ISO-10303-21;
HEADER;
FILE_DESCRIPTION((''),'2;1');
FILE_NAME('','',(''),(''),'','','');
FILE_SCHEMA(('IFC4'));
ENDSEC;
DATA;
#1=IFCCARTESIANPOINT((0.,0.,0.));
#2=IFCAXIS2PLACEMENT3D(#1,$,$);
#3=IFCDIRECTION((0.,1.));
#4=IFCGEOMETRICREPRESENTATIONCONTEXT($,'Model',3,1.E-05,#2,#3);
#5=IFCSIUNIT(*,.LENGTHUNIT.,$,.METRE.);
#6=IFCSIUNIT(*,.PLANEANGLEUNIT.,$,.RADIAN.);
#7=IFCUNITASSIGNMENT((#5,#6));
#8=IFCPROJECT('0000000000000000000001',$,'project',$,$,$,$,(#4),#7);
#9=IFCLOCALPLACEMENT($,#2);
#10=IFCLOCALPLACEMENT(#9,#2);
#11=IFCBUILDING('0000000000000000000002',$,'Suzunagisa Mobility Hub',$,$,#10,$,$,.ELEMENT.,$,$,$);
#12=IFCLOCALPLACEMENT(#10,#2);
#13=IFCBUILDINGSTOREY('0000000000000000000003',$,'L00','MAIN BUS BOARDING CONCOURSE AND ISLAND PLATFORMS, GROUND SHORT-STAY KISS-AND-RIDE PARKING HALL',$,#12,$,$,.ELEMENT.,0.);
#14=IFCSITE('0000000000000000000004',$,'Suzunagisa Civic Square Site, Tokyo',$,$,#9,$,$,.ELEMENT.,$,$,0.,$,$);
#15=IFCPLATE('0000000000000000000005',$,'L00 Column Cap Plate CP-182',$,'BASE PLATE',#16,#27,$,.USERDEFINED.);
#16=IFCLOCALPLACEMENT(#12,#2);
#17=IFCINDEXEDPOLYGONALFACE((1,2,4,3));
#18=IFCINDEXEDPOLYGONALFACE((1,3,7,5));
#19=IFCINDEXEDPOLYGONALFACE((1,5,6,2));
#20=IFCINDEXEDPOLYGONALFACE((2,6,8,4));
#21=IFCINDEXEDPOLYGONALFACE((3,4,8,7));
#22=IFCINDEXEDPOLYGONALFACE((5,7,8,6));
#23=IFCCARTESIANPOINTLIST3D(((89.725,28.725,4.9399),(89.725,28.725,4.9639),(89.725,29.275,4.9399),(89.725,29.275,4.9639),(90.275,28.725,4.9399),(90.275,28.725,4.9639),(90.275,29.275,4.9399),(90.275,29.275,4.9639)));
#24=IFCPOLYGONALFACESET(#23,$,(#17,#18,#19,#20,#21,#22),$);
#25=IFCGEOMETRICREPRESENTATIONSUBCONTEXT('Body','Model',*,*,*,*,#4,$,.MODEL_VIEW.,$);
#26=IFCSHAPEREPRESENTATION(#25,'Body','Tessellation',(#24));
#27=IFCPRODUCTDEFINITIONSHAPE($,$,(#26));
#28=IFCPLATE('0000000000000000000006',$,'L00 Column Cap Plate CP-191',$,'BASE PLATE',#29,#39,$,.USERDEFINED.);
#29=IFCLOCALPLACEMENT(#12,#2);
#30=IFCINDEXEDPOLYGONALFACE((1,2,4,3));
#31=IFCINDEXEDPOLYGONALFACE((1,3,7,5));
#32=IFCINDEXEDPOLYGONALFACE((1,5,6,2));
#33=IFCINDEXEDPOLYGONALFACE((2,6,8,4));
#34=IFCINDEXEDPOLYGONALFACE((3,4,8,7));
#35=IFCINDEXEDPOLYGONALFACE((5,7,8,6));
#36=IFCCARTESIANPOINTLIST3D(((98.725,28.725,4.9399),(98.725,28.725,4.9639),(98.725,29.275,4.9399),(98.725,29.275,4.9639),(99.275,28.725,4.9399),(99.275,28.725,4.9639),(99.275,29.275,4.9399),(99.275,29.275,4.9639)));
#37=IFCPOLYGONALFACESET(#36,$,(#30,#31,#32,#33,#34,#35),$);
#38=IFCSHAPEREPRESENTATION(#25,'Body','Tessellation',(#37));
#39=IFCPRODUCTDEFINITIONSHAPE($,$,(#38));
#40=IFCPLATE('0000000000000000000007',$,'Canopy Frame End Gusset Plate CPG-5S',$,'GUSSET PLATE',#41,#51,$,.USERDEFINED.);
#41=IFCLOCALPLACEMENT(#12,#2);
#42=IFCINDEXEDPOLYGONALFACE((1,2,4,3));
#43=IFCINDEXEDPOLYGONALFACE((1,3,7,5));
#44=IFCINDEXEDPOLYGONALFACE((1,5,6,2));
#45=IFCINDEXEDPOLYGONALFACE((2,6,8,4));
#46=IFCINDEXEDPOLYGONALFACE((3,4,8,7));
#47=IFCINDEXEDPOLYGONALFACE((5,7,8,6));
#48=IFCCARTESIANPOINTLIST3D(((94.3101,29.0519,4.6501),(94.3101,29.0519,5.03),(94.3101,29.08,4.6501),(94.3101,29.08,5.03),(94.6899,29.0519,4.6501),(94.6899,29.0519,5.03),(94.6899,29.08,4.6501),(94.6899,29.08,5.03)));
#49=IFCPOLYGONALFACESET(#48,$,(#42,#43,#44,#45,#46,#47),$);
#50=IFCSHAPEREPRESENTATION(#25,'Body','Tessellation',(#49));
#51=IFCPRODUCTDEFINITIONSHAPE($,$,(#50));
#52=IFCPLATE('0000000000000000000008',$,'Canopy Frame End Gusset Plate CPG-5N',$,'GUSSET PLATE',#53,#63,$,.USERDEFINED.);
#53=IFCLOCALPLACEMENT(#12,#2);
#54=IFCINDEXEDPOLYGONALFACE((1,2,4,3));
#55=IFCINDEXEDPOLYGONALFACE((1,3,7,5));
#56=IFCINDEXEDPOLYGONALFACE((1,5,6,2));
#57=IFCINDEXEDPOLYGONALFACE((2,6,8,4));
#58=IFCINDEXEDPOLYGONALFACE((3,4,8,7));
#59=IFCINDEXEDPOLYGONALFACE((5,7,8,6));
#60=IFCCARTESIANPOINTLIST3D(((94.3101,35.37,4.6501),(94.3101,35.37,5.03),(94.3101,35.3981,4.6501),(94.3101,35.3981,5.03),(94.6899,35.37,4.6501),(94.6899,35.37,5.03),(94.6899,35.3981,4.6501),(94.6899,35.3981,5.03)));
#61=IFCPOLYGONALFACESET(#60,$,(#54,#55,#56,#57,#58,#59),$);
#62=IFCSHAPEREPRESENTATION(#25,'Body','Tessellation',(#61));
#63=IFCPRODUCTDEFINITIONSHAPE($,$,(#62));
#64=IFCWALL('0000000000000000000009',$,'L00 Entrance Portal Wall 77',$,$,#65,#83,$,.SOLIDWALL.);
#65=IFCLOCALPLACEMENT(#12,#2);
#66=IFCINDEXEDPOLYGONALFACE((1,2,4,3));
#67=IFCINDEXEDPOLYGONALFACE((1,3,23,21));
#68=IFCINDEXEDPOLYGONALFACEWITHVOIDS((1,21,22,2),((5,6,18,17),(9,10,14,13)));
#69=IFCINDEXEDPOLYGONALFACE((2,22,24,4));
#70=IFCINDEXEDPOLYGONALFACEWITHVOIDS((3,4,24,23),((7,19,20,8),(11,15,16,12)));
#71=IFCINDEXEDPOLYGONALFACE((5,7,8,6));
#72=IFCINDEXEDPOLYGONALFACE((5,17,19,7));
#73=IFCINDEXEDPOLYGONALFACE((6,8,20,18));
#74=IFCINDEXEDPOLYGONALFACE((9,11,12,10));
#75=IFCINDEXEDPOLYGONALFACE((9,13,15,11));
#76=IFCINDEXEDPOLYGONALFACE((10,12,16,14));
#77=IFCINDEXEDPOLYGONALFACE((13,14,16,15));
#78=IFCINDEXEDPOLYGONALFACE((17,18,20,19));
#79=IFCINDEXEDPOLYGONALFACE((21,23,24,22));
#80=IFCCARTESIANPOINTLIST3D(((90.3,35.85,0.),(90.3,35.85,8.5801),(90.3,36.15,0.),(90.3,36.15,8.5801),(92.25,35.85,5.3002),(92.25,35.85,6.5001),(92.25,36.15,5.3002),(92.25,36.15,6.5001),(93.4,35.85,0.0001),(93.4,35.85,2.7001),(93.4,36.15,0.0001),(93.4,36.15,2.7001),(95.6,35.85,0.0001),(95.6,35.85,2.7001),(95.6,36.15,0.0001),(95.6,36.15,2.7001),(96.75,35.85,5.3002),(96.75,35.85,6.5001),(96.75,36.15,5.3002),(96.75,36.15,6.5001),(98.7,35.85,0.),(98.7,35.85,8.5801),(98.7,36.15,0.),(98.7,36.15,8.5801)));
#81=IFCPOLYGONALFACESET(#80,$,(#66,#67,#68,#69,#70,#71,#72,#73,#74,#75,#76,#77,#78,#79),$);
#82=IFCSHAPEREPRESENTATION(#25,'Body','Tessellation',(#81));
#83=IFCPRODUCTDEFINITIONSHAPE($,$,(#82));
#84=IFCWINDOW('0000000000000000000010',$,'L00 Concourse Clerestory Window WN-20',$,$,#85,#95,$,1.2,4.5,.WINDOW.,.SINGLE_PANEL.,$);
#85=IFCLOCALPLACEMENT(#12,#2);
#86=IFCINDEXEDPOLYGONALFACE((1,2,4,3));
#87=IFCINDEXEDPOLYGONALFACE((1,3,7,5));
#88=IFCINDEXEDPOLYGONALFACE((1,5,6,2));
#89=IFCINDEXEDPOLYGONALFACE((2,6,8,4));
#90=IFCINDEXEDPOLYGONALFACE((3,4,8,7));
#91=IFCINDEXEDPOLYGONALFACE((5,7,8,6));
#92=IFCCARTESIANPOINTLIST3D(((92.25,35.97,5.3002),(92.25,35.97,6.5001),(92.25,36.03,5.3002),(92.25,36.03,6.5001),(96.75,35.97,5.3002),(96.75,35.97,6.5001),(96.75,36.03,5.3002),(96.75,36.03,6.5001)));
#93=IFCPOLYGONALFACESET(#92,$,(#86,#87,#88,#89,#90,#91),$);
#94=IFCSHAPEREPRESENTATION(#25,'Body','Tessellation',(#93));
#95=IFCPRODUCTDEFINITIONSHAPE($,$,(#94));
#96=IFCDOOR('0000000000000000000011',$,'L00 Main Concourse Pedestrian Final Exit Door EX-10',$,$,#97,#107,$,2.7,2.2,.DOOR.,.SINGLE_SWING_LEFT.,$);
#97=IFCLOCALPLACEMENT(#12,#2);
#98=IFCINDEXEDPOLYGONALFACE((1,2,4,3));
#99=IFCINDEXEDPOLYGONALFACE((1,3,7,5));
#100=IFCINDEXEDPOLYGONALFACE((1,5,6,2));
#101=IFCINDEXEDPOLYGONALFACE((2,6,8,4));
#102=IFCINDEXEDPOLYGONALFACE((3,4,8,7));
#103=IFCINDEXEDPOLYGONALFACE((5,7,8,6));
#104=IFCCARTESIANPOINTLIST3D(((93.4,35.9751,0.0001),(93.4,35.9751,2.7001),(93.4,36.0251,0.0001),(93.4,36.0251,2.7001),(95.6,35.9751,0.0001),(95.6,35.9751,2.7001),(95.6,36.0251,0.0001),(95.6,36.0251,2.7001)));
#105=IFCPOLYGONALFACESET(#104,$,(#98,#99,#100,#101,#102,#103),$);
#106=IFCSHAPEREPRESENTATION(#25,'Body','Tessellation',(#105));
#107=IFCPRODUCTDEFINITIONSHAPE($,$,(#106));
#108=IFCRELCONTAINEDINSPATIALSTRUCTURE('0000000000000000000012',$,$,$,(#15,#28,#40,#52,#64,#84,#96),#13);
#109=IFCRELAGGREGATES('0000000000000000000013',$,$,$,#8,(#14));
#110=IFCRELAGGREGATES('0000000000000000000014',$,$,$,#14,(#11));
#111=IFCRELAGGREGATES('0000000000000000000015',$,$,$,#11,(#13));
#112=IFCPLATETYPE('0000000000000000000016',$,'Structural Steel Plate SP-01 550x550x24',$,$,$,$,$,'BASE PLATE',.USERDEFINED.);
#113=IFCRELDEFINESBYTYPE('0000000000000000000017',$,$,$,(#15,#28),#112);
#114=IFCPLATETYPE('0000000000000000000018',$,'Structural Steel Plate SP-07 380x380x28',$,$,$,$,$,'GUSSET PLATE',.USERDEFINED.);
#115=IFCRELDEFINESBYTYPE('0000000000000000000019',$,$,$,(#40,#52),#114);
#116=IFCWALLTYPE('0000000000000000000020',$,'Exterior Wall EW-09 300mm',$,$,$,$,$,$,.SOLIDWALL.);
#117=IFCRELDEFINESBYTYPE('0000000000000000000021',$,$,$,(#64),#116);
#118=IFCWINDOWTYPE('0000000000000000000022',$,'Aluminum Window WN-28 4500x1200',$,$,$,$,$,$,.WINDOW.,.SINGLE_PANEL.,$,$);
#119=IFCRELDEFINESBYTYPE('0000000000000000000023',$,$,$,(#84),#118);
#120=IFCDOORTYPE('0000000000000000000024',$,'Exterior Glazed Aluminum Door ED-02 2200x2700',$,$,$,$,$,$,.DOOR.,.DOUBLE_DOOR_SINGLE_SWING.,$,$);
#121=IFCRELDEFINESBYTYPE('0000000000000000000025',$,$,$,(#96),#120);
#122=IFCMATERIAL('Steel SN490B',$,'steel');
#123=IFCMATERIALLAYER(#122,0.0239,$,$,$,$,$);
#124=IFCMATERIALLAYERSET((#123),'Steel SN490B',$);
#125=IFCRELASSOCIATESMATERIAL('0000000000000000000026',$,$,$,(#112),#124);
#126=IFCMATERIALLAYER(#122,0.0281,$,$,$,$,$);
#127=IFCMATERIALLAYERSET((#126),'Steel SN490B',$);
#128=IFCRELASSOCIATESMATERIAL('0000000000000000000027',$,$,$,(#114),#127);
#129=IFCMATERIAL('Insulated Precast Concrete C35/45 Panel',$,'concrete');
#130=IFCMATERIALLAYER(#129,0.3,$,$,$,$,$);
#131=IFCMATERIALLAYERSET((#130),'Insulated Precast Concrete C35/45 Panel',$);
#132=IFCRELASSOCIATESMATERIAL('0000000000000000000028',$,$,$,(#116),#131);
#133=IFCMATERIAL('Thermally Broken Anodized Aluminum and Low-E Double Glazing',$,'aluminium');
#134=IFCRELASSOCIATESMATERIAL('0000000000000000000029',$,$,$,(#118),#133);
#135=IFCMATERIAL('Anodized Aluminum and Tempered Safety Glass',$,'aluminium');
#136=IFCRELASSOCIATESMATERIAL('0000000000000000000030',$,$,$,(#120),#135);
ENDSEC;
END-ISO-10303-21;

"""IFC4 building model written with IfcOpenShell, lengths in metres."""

from ifc_helpers import new_model, si_unit, direction, frame, frame_2d, origin, origin_2d, place, context, subcontext, project, spatial, rectangle, extrude, material, layer, layer_set, type_object, element, fill, save


model = new_model("IFC4")

# Units and contexts
model_context = context("Model", 3, precision=1e-05, world=origin(), true_north=direction((0.0, 1.0)))
body_context = subcontext(model_context, "Body", "Model", "MODEL_VIEW")
ifc_project = project(units=[si_unit("LENGTHUNIT", "METRE"), si_unit("PLANEANGLEUNIT", "RADIAN")], contexts=[model_context])

# Site, building, storey
site_placement = place(None, origin())
site = spatial("IfcSite", under=ifc_project, at=site_placement, Name="Suzunagisa Civic Square Site, Tokyo", CompositionType="ELEMENT", RefElevation=0.0)
building_placement = place(site_placement, origin())
building = spatial("IfcBuilding", under=site, at=building_placement, Name="Suzunagisa Mobility Hub", CompositionType="ELEMENT")
storey_placement = place(building_placement, origin())
storey = spatial("IfcBuildingStorey", under=building, at=storey_placement, Name="L00", Description="MAIN BUS BOARDING CONCOURSE AND ISLAND PLATFORMS, GROUND SHORT-STAY KISS-AND-RIDE PARKING HALL", CompositionType="ELEMENT", Elevation=0.0)

# Shared definitions
ifc_material_1 = material(Name="Steel SN490B", Category="steel")

# Plates
ifc_layer_1 = layer(ifc_material_1, 0.0239)
ifc_layer_set_1 = layer_set([ifc_layer_1], Name="Steel SN490B")
plate_type_1 = type_object("IfcPlateType", Name="Structural Steel Plate SP-01 550x550x24", ElementType="BASE PLATE", PredefinedType="USERDEFINED", material=ifc_layer_set_1)
for number, where, z_axis, x_axis, name in (
    (1, (90.0, 29.0, 4.9399), (0.0, 0.0, 1.0), (1.0, 0.0, 0.0), "L00 Column Cap Plate CP-182"),
    (2, (99.0, 29.0, 4.9399), (0.0, 0.0, 1.0), (1.0, 0.0, 0.0), "L00 Column Cap Plate CP-191"),
):
    element("IfcPlate", number, at=place(storey_placement, frame(where, z_axis=z_axis, x_axis=x_axis)), inside=storey, type_object=plate_type_1, Name=name, ObjectType="BASE PLATE", PredefinedType="USERDEFINED", context=body_context, shape_type="SweptSolid", body=[
        extrude(rectangle(XDim=0.55, YDim=0.55, at=origin_2d()), origin(), (0.0, 0.0, 1.0), 0.0239),
    ])
ifc_layer_2 = layer(ifc_material_1, 0.0281)
ifc_layer_set_2 = layer_set([ifc_layer_2], Name="Steel SN490B")
plate_type_2 = type_object("IfcPlateType", Name="Structural Steel Plate SP-07 380x380x28", ElementType="GUSSET PLATE", PredefinedType="USERDEFINED", material=ifc_layer_set_2)
for number, where, z_axis, x_axis, name in (
    (3, (94.5, 29.0659, 4.6501), (0.0, 0.0, 1.0), (1.0, 0.0, 0.0), "Canopy Frame End Gusset Plate CPG-5S"),
    (4, (94.5, 35.384, 4.6501), (0.0, 0.0, 1.0), (1.0, 0.0, 0.0), "Canopy Frame End Gusset Plate CPG-5N"),
):
    element("IfcPlate", number, at=place(storey_placement, frame(where, z_axis=z_axis, x_axis=x_axis)), inside=storey, type_object=plate_type_2, Name=name, ObjectType="GUSSET PLATE", PredefinedType="USERDEFINED", context=body_context, shape_type="SweptSolid", body=[
        extrude(rectangle(XDim=0.3799, YDim=0.0281, at=origin_2d()), origin(), (0.0, 0.0, 1.0), 0.3799),
    ])

# Wall, openings, window, door
ifc_material_2 = material(Name="Insulated Precast Concrete C35/45 Panel", Category="concrete")
ifc_layer_3 = layer(ifc_material_2, 0.3)
ifc_layer_set_3 = layer_set([ifc_layer_3], Name="Insulated Precast Concrete C35/45 Panel")
wall_type = type_object("IfcWallType", Name="Exterior Wall EW-09 300mm", PredefinedType="SOLIDWALL", material=ifc_layer_set_3)
wall_placement = place(storey_placement, frame((90.3, 36.0, 0.0), z_axis=(0.0, 0.0, 1.0), x_axis=(1.0, 0.0, 0.0)))
wall = element("IfcWall", 5, at=wall_placement, inside=storey, type_object=wall_type, Name="L00 Entrance Portal Wall 77", PredefinedType="SOLIDWALL", context=body_context, shape_type="SweptSolid", body=[
    extrude(rectangle(XDim=8.3999, YDim=0.3, at=frame_2d((4.2, 0.0))), origin(), (0.0, 0.0, 1.0), 8.5801),
])
opening_1_placement = place(wall_placement, frame((5.3, 0.0, 0.0), z_axis=(0.0, 0.0, 1.0), x_axis=(-1.0, 0.0, 0.0)))
opening_1 = element("IfcOpeningElement", 6, at=opening_1_placement, cuts=wall, PredefinedType="OPENING", context=body_context, shape_type="SweptSolid", body=[
    extrude(rectangle(XDim=2.2, YDim=2.7, at=frame_2d((1.1001, 1.3501))), frame((0.0, 0.1611, 0.0), z_axis=(0.0, -1.0, 0.0), x_axis=(1.0, 0.0, 0.0)), (0.0, 0.0, 1.0), 0.322),
])
opening_2_placement = place(wall_placement, frame((1.95, 0.0, 5.3)))
opening_2 = element("IfcOpeningElement", 7, at=opening_2_placement, cuts=wall, PredefinedType="OPENING", context=body_context, shape_type="SweptSolid", body=[
    extrude(rectangle(XDim=4.5, YDim=1.2, at=frame_2d((2.25, 0.6001))), frame((0.0, 0.1611, 0.0), z_axis=(0.0, -1.0, 0.0), x_axis=(1.0, 0.0, 0.0)), (0.0, 0.0, 1.0), 0.322),
])
ifc_material_3 = material(Name="Thermally Broken Anodized Aluminum and Low-E Double Glazing", Category="aluminium")
window_type = type_object("IfcWindowType", Name="Aluminum Window WN-28 4500x1200", PartitioningType="SINGLE_PANEL", PredefinedType="WINDOW", material=ifc_material_3)
window_placement = place(opening_2_placement, origin())
window = element("IfcWindow", 8, at=window_placement, inside=storey, type_object=window_type, Name="L00 Concourse Clerestory Window WN-20", OverallHeight=1.2, OverallWidth=4.5, PartitioningType="SINGLE_PANEL", PredefinedType="WINDOW", context=body_context, shape_type="SweptSolid", body=[
    extrude(rectangle(XDim=4.5, YDim=1.2, at=frame_2d((2.25, 0.6001))), frame((0.0, 0.03, 0.0), z_axis=(0.0, -1.0, 0.0), x_axis=(1.0, 0.0, 0.0)), (0.0, 0.0, 1.0), 0.0601),
])
fill(opening_2, window)
ifc_material_4 = material(Name="Anodized Aluminum and Tempered Safety Glass", Category="aluminium")
door_type = type_object("IfcDoorType", Name="Exterior Glazed Aluminum Door ED-02 2200x2700", OperationType="DOUBLE_DOOR_SINGLE_SWING", PredefinedType="DOOR", material=ifc_material_4)
door_placement = place(opening_1_placement, origin())
door = element("IfcDoor", 9, at=door_placement, inside=storey, type_object=door_type, Name="L00 Main Concourse Pedestrian Final Exit Door EX-10", OperationType="SINGLE_SWING_LEFT", OverallHeight=2.7, OverallWidth=2.2, PredefinedType="DOOR", context=body_context, shape_type="SweptSolid", body=[
    extrude(rectangle(XDim=2.2, YDim=2.7, at=frame_2d((1.1001, 1.3501))), frame((0.0, 0.0249, 0.0), z_axis=(0.0, -1.0, 0.0), x_axis=(1.0, 0.0, 0.0)), (0.0, 0.0, 1.0), 0.05),
])
fill(opening_1, door)

save(model, "model.ifc")
